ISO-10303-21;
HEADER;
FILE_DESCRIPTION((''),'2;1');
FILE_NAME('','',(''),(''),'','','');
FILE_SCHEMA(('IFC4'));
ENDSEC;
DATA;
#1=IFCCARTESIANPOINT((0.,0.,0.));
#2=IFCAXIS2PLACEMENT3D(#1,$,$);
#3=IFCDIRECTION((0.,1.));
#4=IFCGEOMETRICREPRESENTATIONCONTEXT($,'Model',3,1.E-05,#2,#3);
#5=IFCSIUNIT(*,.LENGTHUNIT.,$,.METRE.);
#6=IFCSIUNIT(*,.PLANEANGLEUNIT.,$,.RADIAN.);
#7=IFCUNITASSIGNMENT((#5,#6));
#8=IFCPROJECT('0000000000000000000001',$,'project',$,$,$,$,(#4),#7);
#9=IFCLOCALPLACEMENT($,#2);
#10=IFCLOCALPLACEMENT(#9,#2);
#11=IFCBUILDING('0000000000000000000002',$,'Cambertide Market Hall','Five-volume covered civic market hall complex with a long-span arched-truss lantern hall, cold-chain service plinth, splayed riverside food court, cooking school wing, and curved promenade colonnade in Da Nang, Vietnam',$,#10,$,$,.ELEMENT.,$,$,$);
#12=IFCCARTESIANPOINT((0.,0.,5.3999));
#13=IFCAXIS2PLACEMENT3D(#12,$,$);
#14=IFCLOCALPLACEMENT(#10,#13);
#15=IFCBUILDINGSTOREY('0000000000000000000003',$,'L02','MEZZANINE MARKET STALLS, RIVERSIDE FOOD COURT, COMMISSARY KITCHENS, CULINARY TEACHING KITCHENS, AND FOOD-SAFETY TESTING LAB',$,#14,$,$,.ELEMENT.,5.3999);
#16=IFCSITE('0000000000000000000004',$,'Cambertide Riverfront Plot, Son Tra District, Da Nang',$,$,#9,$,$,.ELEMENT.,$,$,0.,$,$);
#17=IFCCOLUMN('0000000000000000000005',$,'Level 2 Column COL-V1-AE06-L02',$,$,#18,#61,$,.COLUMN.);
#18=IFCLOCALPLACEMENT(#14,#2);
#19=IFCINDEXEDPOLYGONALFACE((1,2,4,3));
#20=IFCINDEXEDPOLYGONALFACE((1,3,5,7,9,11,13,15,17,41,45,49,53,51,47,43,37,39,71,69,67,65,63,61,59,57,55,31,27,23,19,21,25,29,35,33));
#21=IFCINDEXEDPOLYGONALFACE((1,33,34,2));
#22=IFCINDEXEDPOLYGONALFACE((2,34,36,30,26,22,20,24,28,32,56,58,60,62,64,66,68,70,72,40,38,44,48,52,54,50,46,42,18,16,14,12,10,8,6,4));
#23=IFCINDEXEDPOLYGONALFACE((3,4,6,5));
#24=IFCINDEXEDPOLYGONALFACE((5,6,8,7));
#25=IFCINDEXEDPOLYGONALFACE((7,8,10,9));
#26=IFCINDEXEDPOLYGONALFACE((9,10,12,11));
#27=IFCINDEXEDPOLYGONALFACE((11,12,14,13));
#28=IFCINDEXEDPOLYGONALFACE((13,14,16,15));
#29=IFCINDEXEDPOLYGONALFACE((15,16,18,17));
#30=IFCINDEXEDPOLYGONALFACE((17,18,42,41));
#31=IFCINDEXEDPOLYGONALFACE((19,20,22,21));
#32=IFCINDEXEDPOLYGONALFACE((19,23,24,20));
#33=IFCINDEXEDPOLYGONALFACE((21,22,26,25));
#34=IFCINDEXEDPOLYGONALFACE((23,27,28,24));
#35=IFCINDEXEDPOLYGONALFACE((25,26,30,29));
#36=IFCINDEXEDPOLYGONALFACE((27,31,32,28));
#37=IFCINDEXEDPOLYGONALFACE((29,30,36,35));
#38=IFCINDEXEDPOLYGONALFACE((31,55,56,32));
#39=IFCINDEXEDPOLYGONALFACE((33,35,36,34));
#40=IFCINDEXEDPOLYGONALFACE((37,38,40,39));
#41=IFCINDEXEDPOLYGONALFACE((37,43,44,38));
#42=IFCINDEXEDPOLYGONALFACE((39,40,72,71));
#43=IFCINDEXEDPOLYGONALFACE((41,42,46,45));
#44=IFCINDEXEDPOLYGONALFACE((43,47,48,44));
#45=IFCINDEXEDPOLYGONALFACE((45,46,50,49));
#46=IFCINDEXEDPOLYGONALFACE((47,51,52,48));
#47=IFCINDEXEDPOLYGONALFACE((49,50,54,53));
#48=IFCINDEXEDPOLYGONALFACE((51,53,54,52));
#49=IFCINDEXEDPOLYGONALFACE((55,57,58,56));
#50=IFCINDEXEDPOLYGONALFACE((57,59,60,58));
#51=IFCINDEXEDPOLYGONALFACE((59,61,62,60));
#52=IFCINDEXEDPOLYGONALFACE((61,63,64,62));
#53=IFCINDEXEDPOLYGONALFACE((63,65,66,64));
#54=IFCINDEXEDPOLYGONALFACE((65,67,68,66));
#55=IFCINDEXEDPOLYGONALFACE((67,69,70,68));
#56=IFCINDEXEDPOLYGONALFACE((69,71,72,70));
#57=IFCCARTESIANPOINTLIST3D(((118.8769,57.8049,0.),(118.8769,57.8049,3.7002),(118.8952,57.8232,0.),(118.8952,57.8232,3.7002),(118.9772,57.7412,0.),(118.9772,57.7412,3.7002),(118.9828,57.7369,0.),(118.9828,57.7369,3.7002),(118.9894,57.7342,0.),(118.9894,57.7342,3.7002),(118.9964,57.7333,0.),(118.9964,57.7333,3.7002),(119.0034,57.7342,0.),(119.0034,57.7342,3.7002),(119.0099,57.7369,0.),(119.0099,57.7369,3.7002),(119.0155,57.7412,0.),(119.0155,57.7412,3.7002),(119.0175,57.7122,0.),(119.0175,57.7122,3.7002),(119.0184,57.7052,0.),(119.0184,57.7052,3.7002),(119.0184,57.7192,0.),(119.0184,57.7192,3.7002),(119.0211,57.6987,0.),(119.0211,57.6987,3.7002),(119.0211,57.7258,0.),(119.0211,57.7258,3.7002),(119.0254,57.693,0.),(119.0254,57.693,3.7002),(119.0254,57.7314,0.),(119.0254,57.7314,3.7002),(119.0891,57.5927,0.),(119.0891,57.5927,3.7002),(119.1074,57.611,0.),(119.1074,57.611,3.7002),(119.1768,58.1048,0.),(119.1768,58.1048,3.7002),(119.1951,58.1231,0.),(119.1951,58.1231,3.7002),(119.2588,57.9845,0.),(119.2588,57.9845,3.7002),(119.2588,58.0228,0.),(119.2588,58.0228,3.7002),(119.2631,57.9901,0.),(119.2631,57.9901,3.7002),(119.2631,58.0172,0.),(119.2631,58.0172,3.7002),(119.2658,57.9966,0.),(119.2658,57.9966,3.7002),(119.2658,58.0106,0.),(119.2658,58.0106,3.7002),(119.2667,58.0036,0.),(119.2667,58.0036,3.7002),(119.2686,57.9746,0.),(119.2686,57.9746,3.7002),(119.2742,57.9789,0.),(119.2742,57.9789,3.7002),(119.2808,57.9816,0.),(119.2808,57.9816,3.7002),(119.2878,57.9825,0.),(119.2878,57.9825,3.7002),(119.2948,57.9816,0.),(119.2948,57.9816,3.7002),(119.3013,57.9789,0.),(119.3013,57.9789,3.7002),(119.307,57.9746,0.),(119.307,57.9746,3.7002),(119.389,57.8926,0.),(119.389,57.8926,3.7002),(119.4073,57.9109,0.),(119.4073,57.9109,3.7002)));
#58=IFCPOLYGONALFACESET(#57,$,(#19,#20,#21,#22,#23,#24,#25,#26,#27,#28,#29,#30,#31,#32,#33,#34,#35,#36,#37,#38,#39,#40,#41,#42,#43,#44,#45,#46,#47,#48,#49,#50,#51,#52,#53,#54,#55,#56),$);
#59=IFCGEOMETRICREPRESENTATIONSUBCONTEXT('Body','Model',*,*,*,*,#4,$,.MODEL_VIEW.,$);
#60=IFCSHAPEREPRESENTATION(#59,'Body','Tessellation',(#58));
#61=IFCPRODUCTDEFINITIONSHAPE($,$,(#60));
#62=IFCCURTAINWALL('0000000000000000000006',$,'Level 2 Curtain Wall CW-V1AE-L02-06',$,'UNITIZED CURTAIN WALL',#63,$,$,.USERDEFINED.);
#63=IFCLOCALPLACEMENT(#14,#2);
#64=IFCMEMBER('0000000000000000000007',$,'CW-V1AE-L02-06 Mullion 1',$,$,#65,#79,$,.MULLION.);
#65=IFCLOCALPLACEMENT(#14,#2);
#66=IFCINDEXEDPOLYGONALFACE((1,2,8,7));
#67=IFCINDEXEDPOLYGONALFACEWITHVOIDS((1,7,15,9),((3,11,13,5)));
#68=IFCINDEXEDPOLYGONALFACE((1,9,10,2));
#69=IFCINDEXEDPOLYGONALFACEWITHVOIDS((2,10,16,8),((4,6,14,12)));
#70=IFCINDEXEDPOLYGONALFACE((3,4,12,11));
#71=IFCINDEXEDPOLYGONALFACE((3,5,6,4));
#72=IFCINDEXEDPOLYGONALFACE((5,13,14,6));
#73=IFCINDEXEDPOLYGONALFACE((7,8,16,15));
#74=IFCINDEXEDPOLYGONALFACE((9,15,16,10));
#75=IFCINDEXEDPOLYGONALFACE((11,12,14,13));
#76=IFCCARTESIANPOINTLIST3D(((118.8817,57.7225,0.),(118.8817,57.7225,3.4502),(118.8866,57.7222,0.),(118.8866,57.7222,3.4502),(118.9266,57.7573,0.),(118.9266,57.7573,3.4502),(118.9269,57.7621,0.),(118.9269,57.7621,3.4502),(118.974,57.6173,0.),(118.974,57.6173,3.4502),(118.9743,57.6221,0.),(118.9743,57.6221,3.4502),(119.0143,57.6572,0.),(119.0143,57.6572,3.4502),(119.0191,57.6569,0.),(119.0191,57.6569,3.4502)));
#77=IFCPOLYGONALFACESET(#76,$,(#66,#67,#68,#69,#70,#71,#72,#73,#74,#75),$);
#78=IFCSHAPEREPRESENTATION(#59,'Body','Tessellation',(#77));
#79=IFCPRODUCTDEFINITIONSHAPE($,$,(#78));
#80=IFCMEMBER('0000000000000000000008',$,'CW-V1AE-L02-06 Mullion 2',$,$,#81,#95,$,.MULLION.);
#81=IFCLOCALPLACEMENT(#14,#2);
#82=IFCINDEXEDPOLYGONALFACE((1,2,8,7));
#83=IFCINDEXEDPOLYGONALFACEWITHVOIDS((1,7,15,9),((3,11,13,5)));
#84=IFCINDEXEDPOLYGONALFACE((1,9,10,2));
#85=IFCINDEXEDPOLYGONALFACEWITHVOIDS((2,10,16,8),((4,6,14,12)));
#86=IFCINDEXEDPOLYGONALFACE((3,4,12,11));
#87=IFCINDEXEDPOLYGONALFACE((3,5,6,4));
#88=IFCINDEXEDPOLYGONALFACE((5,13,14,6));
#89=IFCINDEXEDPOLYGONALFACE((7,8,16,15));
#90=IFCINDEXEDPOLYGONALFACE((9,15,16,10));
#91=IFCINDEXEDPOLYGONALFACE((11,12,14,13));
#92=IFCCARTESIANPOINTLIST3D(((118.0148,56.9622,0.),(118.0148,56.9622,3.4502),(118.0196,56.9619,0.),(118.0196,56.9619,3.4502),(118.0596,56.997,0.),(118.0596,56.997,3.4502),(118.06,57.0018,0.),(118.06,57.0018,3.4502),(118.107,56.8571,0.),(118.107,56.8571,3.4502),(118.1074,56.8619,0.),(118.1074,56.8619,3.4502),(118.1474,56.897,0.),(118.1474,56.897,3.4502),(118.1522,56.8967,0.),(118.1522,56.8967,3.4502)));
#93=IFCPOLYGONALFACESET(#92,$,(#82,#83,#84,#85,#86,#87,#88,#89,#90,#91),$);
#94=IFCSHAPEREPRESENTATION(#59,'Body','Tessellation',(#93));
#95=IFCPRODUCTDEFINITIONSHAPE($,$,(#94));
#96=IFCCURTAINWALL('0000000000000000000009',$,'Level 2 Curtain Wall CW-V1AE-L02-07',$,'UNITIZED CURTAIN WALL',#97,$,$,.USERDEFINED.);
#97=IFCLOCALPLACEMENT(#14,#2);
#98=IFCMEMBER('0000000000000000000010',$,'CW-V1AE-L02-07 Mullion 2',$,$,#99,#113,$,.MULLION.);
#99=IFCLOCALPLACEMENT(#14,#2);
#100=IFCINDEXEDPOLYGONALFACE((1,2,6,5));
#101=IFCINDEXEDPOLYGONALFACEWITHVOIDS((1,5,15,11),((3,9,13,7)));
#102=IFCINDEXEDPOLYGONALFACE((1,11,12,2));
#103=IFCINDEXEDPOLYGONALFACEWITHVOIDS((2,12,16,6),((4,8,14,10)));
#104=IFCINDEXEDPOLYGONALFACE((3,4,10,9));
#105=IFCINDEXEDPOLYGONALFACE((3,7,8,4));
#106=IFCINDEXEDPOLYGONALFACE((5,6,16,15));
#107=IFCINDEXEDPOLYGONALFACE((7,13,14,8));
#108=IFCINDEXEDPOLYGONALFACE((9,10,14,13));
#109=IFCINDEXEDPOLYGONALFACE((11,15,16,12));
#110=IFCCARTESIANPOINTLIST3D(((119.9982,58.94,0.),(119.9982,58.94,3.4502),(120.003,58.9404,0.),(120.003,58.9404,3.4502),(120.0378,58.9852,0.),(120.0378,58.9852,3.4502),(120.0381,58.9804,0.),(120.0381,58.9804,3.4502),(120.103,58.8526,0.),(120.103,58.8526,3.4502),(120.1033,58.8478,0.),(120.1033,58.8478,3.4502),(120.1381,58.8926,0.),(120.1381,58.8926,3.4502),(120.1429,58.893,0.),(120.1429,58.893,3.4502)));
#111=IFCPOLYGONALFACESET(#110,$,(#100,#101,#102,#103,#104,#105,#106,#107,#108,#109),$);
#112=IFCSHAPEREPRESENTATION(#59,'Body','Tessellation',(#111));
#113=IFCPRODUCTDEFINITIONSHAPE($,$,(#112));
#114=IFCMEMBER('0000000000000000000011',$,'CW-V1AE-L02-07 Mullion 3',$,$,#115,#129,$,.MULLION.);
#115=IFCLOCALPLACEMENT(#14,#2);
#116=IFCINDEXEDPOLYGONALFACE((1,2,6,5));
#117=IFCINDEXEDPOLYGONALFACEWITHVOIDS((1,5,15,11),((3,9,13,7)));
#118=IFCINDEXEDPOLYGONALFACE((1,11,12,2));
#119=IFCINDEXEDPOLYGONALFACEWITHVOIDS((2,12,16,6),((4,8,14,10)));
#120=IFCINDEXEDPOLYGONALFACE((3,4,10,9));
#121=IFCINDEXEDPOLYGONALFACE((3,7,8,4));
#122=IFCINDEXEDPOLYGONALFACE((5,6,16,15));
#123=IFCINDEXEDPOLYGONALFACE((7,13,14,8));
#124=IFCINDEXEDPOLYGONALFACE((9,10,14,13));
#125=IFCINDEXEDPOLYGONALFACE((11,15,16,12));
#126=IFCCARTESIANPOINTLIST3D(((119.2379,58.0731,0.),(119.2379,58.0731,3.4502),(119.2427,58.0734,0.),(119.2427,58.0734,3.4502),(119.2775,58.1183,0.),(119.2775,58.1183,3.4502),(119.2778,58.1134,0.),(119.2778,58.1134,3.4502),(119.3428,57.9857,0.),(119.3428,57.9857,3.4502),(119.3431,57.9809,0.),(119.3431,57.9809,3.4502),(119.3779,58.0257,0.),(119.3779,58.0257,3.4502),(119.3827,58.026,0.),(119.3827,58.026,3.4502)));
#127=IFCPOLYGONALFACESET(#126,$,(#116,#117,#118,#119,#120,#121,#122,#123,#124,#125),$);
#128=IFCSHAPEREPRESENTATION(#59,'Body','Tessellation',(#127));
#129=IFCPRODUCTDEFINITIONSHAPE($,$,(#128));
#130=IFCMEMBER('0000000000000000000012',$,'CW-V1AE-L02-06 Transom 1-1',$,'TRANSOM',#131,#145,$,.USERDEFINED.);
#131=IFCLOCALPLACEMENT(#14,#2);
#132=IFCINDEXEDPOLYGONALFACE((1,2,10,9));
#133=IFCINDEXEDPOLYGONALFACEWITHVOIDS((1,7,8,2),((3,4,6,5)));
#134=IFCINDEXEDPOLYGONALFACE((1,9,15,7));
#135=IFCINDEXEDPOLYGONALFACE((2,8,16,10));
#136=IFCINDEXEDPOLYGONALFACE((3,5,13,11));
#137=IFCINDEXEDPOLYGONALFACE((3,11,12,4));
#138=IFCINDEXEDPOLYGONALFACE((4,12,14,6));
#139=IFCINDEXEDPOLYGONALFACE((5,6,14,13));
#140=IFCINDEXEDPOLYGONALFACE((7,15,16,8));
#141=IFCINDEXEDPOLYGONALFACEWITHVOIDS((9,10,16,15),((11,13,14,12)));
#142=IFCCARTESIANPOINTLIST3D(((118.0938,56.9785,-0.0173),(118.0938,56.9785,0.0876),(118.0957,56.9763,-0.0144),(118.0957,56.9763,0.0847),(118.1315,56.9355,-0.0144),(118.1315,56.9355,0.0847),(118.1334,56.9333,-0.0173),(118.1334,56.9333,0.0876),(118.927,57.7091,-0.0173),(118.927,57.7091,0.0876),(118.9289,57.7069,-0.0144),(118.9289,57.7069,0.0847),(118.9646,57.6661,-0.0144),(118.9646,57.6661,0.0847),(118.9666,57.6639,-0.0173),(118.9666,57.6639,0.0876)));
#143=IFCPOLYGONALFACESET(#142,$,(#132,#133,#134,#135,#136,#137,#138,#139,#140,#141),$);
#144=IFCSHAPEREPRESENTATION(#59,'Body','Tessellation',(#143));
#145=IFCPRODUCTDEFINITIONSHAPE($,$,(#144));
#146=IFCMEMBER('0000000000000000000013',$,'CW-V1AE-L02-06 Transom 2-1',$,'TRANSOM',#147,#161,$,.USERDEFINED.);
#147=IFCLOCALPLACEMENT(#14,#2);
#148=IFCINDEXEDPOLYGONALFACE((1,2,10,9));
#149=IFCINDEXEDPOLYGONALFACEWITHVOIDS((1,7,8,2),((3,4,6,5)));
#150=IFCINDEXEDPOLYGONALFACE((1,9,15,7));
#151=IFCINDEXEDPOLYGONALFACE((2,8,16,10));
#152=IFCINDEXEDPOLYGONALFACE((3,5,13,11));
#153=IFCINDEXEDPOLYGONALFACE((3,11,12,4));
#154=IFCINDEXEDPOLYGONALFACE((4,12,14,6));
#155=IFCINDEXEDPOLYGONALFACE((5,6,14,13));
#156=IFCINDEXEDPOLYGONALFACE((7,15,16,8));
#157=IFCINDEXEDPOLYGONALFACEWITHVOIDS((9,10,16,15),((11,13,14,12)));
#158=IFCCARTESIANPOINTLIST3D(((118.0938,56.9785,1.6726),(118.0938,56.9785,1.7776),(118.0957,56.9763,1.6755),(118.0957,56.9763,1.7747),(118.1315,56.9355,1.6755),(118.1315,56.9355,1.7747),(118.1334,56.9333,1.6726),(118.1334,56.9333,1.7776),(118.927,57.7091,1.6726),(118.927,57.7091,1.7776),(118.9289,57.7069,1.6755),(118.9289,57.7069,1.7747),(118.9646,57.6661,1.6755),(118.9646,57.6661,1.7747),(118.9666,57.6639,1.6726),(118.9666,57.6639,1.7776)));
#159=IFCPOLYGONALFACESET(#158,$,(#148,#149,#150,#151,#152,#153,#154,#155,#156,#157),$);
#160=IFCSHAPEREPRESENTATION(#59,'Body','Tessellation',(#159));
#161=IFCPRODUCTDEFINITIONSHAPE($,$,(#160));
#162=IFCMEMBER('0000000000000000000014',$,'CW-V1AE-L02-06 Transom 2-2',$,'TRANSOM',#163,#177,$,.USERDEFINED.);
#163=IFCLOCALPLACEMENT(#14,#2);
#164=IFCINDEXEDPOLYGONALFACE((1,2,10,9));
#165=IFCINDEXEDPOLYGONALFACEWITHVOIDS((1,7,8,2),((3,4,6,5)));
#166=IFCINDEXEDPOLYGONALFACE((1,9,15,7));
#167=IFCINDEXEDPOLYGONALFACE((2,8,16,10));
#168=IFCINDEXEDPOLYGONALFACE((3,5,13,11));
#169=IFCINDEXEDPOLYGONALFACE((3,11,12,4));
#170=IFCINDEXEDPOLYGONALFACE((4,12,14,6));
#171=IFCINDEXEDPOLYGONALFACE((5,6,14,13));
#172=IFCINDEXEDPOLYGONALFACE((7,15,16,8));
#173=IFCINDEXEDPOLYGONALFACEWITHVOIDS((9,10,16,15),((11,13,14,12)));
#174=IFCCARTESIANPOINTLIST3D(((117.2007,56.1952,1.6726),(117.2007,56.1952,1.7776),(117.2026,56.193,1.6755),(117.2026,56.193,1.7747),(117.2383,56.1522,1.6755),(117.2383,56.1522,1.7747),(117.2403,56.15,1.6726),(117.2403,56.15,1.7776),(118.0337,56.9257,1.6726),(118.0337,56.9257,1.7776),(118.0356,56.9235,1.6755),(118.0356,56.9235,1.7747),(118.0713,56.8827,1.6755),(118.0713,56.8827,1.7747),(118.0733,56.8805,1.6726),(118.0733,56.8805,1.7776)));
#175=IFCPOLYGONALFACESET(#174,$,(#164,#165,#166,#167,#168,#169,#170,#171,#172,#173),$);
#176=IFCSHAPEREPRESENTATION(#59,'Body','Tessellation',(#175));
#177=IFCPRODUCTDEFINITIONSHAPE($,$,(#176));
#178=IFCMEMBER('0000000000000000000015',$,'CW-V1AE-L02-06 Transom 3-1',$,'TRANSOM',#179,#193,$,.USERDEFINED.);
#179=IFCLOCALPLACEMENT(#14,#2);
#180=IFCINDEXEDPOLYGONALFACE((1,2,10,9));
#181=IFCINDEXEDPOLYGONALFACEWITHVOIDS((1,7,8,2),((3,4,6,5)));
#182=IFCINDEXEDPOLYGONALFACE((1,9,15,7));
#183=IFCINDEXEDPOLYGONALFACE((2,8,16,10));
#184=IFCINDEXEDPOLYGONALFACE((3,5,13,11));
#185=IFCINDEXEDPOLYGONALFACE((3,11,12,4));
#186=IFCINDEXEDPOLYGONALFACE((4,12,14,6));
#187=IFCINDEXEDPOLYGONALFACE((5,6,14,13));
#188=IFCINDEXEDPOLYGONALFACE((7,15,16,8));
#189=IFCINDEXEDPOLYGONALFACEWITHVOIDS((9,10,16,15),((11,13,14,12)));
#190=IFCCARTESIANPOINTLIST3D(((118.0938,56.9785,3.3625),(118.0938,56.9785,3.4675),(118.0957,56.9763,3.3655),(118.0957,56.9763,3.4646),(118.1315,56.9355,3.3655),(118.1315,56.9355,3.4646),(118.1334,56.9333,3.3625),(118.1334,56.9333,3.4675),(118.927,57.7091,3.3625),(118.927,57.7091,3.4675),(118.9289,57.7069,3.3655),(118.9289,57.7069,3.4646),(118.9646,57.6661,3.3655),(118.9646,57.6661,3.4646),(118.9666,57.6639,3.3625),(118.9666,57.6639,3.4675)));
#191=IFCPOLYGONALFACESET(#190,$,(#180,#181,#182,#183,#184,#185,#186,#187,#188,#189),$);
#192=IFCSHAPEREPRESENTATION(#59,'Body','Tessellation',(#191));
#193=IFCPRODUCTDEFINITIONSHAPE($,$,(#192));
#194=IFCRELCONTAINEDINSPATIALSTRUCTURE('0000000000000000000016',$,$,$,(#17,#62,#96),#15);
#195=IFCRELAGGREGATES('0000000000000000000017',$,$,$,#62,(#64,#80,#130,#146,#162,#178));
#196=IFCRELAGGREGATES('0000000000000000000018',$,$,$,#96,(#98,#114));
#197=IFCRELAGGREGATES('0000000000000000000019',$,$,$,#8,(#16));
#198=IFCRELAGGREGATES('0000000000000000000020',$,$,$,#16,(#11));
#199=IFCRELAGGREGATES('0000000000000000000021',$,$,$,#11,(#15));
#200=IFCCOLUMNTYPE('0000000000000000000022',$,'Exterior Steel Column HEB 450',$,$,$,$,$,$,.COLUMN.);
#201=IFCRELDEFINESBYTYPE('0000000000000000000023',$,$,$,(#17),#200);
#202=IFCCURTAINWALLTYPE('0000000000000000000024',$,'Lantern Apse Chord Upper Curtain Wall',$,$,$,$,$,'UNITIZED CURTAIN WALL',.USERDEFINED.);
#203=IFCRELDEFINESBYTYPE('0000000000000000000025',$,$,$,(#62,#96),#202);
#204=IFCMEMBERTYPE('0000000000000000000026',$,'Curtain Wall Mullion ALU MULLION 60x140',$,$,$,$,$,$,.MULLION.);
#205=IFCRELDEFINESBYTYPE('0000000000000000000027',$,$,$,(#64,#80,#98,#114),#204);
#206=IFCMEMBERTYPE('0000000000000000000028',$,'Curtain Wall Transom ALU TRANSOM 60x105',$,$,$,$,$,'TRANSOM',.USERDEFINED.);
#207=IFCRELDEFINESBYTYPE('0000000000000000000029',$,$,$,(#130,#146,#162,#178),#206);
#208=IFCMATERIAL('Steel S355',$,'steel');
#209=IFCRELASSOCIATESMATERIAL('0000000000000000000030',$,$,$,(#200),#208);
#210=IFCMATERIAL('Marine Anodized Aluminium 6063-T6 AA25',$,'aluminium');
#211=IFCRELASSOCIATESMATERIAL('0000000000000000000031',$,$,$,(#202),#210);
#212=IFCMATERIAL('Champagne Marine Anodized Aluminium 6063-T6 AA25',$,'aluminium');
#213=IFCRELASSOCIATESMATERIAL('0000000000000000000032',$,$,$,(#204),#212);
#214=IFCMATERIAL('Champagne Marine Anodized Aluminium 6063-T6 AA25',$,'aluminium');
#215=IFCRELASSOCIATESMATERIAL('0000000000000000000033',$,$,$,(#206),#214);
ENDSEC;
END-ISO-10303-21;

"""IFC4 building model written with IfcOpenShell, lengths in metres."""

from ifc_helpers import new_model, si_unit, direction, frame, origin, origin_2d, place, context, subcontext, project, spatial, hollow_rectangle, i_section, extrude, material, material_profile, profile_set, type_object, element, aggregate, save


model = new_model("IFC4")

# Units and contexts
model_context = context("Model", 3, precision=1e-05, world=origin(), true_north=direction((0.0, 1.0)))
body_context = subcontext(model_context, "Body", "Model", "MODEL_VIEW")
ifc_project = project(units=[si_unit("LENGTHUNIT", "METRE"), si_unit("PLANEANGLEUNIT", "RADIAN")], contexts=[model_context])

# Site, building, storey
site_placement = place(None, origin())
site = spatial("IfcSite", under=ifc_project, at=site_placement, Name="Cambertide Riverfront Plot, Son Tra District, Da Nang", CompositionType="ELEMENT", RefElevation=0.0)
building_placement = place(site_placement, origin())
building = spatial("IfcBuilding", under=site, at=building_placement, Name="Cambertide Market Hall", Description="Five-volume covered civic market hall complex with a long-span arched-truss lantern hall, cold-chain service plinth, splayed riverside food court, cooking school wing, and curved promenade colonnade in Da Nang, Vietnam", CompositionType="ELEMENT")
storey_placement = place(building_placement, frame((0.0, 0.0, 5.3999)))
storey = spatial("IfcBuildingStorey", under=building, at=storey_placement, Name="L02", Description="MEZZANINE MARKET STALLS, RIVERSIDE FOOD COURT, COMMISSARY KITCHENS, CULINARY TEACHING KITCHENS, AND FOOD-SAFETY TESTING LAB", CompositionType="ELEMENT", Elevation=5.3999)

# Column
ifc_material_1 = material(Name="Steel S355", Category="steel")
ifc_material_profile_1 = material_profile(ifc_material_1, i_section(OverallWidth=0.3, OverallDepth=0.45, WebThickness=0.0139, FlangeThickness=0.0259, FilletRadius=0.0271, at=origin_2d()), Name="HEB 450")
ifc_profile_set_1 = profile_set([ifc_material_profile_1], Name="Steel S355")
column_type = type_object("IfcColumnType", Name="Exterior Steel Column HEB 450", PredefinedType="COLUMN", material=ifc_profile_set_1)
column_placement = place(storey_placement, frame((119.1421, 57.8579, 0.0), z_axis=(0.0, 0.0, 1.0), x_axis=(0.707107, -0.707107, 0.0)))
element("IfcColumn", 1, at=column_placement, inside=storey, type_object=column_type, Name="Level 2 Column COL-V1-AE06-L02", PredefinedType="COLUMN", context=body_context, shape_type="SweptSolid", body=[
    extrude(i_section(OverallWidth=0.3, OverallDepth=0.45, WebThickness=0.0139, FlangeThickness=0.0259, FilletRadius=0.0271, at=origin_2d()), origin(), (0.0, 0.0, 1.0), 3.7002),
])

# Curtain walls, members
ifc_material_2 = material(Name="Marine Anodized Aluminium 6063-T6 AA25", Category="aluminium")
curtain_wall_type = type_object("IfcCurtainWallType", Name="Lantern Apse Chord Upper Curtain Wall", ElementType="UNITIZED CURTAIN WALL", PredefinedType="USERDEFINED", material=ifc_material_2)
curtain_wall_1_placement = place(storey_placement, origin())
curtain_wall_1 = element("IfcCurtainWall", 2, at=curtain_wall_1_placement, inside=storey, type_object=curtain_wall_type, Name="Level 2 Curtain Wall CW-V1AE-L02-06", ObjectType="UNITIZED CURTAIN WALL", PredefinedType="USERDEFINED")
ifc_material_3 = material(Name="Champagne Marine Anodized Aluminium 6063-T6 AA25", Category="aluminium")
ifc_material_profile_2 = material_profile(ifc_material_3, hollow_rectangle(XDim=0.0601, YDim=0.1399, WallThickness=0.0034, at=origin_2d()), Name="ALU MULLION 60x140")
ifc_profile_set_2 = profile_set([ifc_material_profile_2], Name="Champagne Marine Anodized Aluminium 6063-T6 AA25")
member_type_1 = type_object("IfcMemberType", Name="Curtain Wall Mullion ALU MULLION 60x140", PredefinedType="MULLION", material=ifc_profile_set_2)
member_1_placement = place(storey_placement, frame((118.9504, 57.6897, 0.0), z_axis=(0.0, 0.0, 1.0), x_axis=(-0.75184, -0.659346, 0.0)))
member_1 = element("IfcMember", 3, at=member_1_placement, type_object=member_type_1, Name="CW-V1AE-L02-06 Mullion 1", PredefinedType="MULLION", context=body_context, shape_type="SweptSolid", body=[
    extrude(hollow_rectangle(XDim=0.0601, YDim=0.1399, WallThickness=0.0034, at=origin_2d()), origin(), (0.0, 0.0, 1.0), 3.4502),
])
member_2_placement = place(storey_placement, frame((118.0835, 56.9294, 0.0), z_axis=(0.0, 0.0, 1.0), x_axis=(-0.75184, -0.659346, 0.0)))
member_2 = element("IfcMember", 4, at=member_2_placement, type_object=member_type_1, Name="CW-V1AE-L02-06 Mullion 2", PredefinedType="MULLION", context=body_context, shape_type="SweptSolid", body=[
    extrude(hollow_rectangle(XDim=0.0601, YDim=0.1399, WallThickness=0.0034, at=origin_2d()), origin(), (0.0, 0.0, 1.0), 3.4502),
])
curtain_wall_2_placement = place(storey_placement, origin())
curtain_wall_2 = element("IfcCurtainWall", 5, at=curtain_wall_2_placement, inside=storey, type_object=curtain_wall_type, Name="Level 2 Curtain Wall CW-V1AE-L02-07", ObjectType="UNITIZED CURTAIN WALL", PredefinedType="USERDEFINED")
member_3_placement = place(storey_placement, frame((120.0706, 58.9165, 0.0), z_axis=(0.0, 0.0, 1.0), x_axis=(-0.659346, -0.75184, 0.0)))
member_3 = element("IfcMember", 6, at=member_3_placement, type_object=member_type_1, Name="CW-V1AE-L02-07 Mullion 2", PredefinedType="MULLION", context=body_context, shape_type="SweptSolid", body=[
    extrude(hollow_rectangle(XDim=0.0601, YDim=0.1399, WallThickness=0.0034, at=origin_2d()), origin(), (0.0, 0.0, 1.0), 3.4502),
])
member_4_placement = place(storey_placement, frame((119.3103, 58.0496, 0.0), z_axis=(0.0, 0.0, 1.0), x_axis=(-0.659346, -0.75184, 0.0)))
member_4 = element("IfcMember", 7, at=member_4_placement, type_object=member_type_1, Name="CW-V1AE-L02-07 Mullion 3", PredefinedType="MULLION", context=body_context, shape_type="SweptSolid", body=[
    extrude(hollow_rectangle(XDim=0.0601, YDim=0.1399, WallThickness=0.0034, at=origin_2d()), origin(), (0.0, 0.0, 1.0), 3.4502),
])

# Members
ifc_material_4 = material(Name="Champagne Marine Anodized Aluminium 6063-T6 AA25", Category="aluminium")
ifc_material_profile_3 = material_profile(ifc_material_4, hollow_rectangle(XDim=0.0601, YDim=0.105, WallThickness=0.0029, at=origin_2d()), Name="ALU TRANSOM 60x105")
ifc_profile_set_3 = profile_set([ifc_material_profile_3], Name="Champagne Marine Anodized Aluminium 6063-T6 AA25")
member_type_2 = type_object("IfcMemberType", Name="Curtain Wall Transom ALU TRANSOM 60x105", ElementType="TRANSOM", PredefinedType="USERDEFINED", material=ifc_profile_set_3)
member_5_placement = place(storey_placement, frame((118.9468, 57.6865, 0.0352), z_axis=(-0.751853, -0.659331, 0.0), x_axis=(0.659331, -0.751853, 0.0)))
member_5 = element("IfcMember", 8, at=member_5_placement, type_object=member_type_2, Name="CW-V1AE-L02-06 Transom 1-1", ObjectType="TRANSOM", PredefinedType="USERDEFINED", context=body_context, shape_type="SweptSolid", body=[
    extrude(hollow_rectangle(XDim=0.0601, YDim=0.105, WallThickness=0.0029, at=origin_2d()), origin(), (0.0, 0.0, 1.0), 1.1082),
])
member_6_placement = place(storey_placement, frame((118.9468, 57.6865, 1.7251), z_axis=(-0.751853, -0.659331, 0.0), x_axis=(0.659331, -0.751853, 0.0)))
member_6 = element("IfcMember", 9, at=member_6_placement, type_object=member_type_2, Name="CW-V1AE-L02-06 Transom 2-1", ObjectType="TRANSOM", PredefinedType="USERDEFINED", context=body_context, shape_type="SweptSolid", body=[
    extrude(hollow_rectangle(XDim=0.0601, YDim=0.105, WallThickness=0.0029, at=origin_2d()), origin(), (0.0, 0.0, 1.0), 1.1082),
])
member_7_placement = place(storey_placement, frame((118.0535, 56.9031, 1.7251), z_axis=(-0.751866, -0.659315, 0.0), x_axis=(0.659315, -0.751866, 0.0)))
member_7 = element("IfcMember", 10, at=member_7_placement, type_object=member_type_2, Name="CW-V1AE-L02-06 Transom 2-2", ObjectType="TRANSOM", PredefinedType="USERDEFINED", context=body_context, shape_type="SweptSolid", body=[
    extrude(hollow_rectangle(XDim=0.0601, YDim=0.105, WallThickness=0.0029, at=origin_2d()), origin(), (0.0, 0.0, 1.0), 1.1079),
])
member_8_placement = place(storey_placement, frame((118.9468, 57.6865, 3.415), z_axis=(-0.751853, -0.659331, 0.0), x_axis=(0.659331, -0.751853, 0.0)))
member_8 = element("IfcMember", 11, at=member_8_placement, type_object=member_type_2, Name="CW-V1AE-L02-06 Transom 3-1", ObjectType="TRANSOM", PredefinedType="USERDEFINED", context=body_context, shape_type="SweptSolid", body=[
    extrude(hollow_rectangle(XDim=0.0601, YDim=0.105, WallThickness=0.0029, at=origin_2d()), origin(), (0.0, 0.0, 1.0), 1.1082),
])

aggregate(curtain_wall_1, [member_1, member_2, member_5, member_6, member_7, member_8])
aggregate(curtain_wall_2, [member_3, member_4])

save(model, "model.ifc")
